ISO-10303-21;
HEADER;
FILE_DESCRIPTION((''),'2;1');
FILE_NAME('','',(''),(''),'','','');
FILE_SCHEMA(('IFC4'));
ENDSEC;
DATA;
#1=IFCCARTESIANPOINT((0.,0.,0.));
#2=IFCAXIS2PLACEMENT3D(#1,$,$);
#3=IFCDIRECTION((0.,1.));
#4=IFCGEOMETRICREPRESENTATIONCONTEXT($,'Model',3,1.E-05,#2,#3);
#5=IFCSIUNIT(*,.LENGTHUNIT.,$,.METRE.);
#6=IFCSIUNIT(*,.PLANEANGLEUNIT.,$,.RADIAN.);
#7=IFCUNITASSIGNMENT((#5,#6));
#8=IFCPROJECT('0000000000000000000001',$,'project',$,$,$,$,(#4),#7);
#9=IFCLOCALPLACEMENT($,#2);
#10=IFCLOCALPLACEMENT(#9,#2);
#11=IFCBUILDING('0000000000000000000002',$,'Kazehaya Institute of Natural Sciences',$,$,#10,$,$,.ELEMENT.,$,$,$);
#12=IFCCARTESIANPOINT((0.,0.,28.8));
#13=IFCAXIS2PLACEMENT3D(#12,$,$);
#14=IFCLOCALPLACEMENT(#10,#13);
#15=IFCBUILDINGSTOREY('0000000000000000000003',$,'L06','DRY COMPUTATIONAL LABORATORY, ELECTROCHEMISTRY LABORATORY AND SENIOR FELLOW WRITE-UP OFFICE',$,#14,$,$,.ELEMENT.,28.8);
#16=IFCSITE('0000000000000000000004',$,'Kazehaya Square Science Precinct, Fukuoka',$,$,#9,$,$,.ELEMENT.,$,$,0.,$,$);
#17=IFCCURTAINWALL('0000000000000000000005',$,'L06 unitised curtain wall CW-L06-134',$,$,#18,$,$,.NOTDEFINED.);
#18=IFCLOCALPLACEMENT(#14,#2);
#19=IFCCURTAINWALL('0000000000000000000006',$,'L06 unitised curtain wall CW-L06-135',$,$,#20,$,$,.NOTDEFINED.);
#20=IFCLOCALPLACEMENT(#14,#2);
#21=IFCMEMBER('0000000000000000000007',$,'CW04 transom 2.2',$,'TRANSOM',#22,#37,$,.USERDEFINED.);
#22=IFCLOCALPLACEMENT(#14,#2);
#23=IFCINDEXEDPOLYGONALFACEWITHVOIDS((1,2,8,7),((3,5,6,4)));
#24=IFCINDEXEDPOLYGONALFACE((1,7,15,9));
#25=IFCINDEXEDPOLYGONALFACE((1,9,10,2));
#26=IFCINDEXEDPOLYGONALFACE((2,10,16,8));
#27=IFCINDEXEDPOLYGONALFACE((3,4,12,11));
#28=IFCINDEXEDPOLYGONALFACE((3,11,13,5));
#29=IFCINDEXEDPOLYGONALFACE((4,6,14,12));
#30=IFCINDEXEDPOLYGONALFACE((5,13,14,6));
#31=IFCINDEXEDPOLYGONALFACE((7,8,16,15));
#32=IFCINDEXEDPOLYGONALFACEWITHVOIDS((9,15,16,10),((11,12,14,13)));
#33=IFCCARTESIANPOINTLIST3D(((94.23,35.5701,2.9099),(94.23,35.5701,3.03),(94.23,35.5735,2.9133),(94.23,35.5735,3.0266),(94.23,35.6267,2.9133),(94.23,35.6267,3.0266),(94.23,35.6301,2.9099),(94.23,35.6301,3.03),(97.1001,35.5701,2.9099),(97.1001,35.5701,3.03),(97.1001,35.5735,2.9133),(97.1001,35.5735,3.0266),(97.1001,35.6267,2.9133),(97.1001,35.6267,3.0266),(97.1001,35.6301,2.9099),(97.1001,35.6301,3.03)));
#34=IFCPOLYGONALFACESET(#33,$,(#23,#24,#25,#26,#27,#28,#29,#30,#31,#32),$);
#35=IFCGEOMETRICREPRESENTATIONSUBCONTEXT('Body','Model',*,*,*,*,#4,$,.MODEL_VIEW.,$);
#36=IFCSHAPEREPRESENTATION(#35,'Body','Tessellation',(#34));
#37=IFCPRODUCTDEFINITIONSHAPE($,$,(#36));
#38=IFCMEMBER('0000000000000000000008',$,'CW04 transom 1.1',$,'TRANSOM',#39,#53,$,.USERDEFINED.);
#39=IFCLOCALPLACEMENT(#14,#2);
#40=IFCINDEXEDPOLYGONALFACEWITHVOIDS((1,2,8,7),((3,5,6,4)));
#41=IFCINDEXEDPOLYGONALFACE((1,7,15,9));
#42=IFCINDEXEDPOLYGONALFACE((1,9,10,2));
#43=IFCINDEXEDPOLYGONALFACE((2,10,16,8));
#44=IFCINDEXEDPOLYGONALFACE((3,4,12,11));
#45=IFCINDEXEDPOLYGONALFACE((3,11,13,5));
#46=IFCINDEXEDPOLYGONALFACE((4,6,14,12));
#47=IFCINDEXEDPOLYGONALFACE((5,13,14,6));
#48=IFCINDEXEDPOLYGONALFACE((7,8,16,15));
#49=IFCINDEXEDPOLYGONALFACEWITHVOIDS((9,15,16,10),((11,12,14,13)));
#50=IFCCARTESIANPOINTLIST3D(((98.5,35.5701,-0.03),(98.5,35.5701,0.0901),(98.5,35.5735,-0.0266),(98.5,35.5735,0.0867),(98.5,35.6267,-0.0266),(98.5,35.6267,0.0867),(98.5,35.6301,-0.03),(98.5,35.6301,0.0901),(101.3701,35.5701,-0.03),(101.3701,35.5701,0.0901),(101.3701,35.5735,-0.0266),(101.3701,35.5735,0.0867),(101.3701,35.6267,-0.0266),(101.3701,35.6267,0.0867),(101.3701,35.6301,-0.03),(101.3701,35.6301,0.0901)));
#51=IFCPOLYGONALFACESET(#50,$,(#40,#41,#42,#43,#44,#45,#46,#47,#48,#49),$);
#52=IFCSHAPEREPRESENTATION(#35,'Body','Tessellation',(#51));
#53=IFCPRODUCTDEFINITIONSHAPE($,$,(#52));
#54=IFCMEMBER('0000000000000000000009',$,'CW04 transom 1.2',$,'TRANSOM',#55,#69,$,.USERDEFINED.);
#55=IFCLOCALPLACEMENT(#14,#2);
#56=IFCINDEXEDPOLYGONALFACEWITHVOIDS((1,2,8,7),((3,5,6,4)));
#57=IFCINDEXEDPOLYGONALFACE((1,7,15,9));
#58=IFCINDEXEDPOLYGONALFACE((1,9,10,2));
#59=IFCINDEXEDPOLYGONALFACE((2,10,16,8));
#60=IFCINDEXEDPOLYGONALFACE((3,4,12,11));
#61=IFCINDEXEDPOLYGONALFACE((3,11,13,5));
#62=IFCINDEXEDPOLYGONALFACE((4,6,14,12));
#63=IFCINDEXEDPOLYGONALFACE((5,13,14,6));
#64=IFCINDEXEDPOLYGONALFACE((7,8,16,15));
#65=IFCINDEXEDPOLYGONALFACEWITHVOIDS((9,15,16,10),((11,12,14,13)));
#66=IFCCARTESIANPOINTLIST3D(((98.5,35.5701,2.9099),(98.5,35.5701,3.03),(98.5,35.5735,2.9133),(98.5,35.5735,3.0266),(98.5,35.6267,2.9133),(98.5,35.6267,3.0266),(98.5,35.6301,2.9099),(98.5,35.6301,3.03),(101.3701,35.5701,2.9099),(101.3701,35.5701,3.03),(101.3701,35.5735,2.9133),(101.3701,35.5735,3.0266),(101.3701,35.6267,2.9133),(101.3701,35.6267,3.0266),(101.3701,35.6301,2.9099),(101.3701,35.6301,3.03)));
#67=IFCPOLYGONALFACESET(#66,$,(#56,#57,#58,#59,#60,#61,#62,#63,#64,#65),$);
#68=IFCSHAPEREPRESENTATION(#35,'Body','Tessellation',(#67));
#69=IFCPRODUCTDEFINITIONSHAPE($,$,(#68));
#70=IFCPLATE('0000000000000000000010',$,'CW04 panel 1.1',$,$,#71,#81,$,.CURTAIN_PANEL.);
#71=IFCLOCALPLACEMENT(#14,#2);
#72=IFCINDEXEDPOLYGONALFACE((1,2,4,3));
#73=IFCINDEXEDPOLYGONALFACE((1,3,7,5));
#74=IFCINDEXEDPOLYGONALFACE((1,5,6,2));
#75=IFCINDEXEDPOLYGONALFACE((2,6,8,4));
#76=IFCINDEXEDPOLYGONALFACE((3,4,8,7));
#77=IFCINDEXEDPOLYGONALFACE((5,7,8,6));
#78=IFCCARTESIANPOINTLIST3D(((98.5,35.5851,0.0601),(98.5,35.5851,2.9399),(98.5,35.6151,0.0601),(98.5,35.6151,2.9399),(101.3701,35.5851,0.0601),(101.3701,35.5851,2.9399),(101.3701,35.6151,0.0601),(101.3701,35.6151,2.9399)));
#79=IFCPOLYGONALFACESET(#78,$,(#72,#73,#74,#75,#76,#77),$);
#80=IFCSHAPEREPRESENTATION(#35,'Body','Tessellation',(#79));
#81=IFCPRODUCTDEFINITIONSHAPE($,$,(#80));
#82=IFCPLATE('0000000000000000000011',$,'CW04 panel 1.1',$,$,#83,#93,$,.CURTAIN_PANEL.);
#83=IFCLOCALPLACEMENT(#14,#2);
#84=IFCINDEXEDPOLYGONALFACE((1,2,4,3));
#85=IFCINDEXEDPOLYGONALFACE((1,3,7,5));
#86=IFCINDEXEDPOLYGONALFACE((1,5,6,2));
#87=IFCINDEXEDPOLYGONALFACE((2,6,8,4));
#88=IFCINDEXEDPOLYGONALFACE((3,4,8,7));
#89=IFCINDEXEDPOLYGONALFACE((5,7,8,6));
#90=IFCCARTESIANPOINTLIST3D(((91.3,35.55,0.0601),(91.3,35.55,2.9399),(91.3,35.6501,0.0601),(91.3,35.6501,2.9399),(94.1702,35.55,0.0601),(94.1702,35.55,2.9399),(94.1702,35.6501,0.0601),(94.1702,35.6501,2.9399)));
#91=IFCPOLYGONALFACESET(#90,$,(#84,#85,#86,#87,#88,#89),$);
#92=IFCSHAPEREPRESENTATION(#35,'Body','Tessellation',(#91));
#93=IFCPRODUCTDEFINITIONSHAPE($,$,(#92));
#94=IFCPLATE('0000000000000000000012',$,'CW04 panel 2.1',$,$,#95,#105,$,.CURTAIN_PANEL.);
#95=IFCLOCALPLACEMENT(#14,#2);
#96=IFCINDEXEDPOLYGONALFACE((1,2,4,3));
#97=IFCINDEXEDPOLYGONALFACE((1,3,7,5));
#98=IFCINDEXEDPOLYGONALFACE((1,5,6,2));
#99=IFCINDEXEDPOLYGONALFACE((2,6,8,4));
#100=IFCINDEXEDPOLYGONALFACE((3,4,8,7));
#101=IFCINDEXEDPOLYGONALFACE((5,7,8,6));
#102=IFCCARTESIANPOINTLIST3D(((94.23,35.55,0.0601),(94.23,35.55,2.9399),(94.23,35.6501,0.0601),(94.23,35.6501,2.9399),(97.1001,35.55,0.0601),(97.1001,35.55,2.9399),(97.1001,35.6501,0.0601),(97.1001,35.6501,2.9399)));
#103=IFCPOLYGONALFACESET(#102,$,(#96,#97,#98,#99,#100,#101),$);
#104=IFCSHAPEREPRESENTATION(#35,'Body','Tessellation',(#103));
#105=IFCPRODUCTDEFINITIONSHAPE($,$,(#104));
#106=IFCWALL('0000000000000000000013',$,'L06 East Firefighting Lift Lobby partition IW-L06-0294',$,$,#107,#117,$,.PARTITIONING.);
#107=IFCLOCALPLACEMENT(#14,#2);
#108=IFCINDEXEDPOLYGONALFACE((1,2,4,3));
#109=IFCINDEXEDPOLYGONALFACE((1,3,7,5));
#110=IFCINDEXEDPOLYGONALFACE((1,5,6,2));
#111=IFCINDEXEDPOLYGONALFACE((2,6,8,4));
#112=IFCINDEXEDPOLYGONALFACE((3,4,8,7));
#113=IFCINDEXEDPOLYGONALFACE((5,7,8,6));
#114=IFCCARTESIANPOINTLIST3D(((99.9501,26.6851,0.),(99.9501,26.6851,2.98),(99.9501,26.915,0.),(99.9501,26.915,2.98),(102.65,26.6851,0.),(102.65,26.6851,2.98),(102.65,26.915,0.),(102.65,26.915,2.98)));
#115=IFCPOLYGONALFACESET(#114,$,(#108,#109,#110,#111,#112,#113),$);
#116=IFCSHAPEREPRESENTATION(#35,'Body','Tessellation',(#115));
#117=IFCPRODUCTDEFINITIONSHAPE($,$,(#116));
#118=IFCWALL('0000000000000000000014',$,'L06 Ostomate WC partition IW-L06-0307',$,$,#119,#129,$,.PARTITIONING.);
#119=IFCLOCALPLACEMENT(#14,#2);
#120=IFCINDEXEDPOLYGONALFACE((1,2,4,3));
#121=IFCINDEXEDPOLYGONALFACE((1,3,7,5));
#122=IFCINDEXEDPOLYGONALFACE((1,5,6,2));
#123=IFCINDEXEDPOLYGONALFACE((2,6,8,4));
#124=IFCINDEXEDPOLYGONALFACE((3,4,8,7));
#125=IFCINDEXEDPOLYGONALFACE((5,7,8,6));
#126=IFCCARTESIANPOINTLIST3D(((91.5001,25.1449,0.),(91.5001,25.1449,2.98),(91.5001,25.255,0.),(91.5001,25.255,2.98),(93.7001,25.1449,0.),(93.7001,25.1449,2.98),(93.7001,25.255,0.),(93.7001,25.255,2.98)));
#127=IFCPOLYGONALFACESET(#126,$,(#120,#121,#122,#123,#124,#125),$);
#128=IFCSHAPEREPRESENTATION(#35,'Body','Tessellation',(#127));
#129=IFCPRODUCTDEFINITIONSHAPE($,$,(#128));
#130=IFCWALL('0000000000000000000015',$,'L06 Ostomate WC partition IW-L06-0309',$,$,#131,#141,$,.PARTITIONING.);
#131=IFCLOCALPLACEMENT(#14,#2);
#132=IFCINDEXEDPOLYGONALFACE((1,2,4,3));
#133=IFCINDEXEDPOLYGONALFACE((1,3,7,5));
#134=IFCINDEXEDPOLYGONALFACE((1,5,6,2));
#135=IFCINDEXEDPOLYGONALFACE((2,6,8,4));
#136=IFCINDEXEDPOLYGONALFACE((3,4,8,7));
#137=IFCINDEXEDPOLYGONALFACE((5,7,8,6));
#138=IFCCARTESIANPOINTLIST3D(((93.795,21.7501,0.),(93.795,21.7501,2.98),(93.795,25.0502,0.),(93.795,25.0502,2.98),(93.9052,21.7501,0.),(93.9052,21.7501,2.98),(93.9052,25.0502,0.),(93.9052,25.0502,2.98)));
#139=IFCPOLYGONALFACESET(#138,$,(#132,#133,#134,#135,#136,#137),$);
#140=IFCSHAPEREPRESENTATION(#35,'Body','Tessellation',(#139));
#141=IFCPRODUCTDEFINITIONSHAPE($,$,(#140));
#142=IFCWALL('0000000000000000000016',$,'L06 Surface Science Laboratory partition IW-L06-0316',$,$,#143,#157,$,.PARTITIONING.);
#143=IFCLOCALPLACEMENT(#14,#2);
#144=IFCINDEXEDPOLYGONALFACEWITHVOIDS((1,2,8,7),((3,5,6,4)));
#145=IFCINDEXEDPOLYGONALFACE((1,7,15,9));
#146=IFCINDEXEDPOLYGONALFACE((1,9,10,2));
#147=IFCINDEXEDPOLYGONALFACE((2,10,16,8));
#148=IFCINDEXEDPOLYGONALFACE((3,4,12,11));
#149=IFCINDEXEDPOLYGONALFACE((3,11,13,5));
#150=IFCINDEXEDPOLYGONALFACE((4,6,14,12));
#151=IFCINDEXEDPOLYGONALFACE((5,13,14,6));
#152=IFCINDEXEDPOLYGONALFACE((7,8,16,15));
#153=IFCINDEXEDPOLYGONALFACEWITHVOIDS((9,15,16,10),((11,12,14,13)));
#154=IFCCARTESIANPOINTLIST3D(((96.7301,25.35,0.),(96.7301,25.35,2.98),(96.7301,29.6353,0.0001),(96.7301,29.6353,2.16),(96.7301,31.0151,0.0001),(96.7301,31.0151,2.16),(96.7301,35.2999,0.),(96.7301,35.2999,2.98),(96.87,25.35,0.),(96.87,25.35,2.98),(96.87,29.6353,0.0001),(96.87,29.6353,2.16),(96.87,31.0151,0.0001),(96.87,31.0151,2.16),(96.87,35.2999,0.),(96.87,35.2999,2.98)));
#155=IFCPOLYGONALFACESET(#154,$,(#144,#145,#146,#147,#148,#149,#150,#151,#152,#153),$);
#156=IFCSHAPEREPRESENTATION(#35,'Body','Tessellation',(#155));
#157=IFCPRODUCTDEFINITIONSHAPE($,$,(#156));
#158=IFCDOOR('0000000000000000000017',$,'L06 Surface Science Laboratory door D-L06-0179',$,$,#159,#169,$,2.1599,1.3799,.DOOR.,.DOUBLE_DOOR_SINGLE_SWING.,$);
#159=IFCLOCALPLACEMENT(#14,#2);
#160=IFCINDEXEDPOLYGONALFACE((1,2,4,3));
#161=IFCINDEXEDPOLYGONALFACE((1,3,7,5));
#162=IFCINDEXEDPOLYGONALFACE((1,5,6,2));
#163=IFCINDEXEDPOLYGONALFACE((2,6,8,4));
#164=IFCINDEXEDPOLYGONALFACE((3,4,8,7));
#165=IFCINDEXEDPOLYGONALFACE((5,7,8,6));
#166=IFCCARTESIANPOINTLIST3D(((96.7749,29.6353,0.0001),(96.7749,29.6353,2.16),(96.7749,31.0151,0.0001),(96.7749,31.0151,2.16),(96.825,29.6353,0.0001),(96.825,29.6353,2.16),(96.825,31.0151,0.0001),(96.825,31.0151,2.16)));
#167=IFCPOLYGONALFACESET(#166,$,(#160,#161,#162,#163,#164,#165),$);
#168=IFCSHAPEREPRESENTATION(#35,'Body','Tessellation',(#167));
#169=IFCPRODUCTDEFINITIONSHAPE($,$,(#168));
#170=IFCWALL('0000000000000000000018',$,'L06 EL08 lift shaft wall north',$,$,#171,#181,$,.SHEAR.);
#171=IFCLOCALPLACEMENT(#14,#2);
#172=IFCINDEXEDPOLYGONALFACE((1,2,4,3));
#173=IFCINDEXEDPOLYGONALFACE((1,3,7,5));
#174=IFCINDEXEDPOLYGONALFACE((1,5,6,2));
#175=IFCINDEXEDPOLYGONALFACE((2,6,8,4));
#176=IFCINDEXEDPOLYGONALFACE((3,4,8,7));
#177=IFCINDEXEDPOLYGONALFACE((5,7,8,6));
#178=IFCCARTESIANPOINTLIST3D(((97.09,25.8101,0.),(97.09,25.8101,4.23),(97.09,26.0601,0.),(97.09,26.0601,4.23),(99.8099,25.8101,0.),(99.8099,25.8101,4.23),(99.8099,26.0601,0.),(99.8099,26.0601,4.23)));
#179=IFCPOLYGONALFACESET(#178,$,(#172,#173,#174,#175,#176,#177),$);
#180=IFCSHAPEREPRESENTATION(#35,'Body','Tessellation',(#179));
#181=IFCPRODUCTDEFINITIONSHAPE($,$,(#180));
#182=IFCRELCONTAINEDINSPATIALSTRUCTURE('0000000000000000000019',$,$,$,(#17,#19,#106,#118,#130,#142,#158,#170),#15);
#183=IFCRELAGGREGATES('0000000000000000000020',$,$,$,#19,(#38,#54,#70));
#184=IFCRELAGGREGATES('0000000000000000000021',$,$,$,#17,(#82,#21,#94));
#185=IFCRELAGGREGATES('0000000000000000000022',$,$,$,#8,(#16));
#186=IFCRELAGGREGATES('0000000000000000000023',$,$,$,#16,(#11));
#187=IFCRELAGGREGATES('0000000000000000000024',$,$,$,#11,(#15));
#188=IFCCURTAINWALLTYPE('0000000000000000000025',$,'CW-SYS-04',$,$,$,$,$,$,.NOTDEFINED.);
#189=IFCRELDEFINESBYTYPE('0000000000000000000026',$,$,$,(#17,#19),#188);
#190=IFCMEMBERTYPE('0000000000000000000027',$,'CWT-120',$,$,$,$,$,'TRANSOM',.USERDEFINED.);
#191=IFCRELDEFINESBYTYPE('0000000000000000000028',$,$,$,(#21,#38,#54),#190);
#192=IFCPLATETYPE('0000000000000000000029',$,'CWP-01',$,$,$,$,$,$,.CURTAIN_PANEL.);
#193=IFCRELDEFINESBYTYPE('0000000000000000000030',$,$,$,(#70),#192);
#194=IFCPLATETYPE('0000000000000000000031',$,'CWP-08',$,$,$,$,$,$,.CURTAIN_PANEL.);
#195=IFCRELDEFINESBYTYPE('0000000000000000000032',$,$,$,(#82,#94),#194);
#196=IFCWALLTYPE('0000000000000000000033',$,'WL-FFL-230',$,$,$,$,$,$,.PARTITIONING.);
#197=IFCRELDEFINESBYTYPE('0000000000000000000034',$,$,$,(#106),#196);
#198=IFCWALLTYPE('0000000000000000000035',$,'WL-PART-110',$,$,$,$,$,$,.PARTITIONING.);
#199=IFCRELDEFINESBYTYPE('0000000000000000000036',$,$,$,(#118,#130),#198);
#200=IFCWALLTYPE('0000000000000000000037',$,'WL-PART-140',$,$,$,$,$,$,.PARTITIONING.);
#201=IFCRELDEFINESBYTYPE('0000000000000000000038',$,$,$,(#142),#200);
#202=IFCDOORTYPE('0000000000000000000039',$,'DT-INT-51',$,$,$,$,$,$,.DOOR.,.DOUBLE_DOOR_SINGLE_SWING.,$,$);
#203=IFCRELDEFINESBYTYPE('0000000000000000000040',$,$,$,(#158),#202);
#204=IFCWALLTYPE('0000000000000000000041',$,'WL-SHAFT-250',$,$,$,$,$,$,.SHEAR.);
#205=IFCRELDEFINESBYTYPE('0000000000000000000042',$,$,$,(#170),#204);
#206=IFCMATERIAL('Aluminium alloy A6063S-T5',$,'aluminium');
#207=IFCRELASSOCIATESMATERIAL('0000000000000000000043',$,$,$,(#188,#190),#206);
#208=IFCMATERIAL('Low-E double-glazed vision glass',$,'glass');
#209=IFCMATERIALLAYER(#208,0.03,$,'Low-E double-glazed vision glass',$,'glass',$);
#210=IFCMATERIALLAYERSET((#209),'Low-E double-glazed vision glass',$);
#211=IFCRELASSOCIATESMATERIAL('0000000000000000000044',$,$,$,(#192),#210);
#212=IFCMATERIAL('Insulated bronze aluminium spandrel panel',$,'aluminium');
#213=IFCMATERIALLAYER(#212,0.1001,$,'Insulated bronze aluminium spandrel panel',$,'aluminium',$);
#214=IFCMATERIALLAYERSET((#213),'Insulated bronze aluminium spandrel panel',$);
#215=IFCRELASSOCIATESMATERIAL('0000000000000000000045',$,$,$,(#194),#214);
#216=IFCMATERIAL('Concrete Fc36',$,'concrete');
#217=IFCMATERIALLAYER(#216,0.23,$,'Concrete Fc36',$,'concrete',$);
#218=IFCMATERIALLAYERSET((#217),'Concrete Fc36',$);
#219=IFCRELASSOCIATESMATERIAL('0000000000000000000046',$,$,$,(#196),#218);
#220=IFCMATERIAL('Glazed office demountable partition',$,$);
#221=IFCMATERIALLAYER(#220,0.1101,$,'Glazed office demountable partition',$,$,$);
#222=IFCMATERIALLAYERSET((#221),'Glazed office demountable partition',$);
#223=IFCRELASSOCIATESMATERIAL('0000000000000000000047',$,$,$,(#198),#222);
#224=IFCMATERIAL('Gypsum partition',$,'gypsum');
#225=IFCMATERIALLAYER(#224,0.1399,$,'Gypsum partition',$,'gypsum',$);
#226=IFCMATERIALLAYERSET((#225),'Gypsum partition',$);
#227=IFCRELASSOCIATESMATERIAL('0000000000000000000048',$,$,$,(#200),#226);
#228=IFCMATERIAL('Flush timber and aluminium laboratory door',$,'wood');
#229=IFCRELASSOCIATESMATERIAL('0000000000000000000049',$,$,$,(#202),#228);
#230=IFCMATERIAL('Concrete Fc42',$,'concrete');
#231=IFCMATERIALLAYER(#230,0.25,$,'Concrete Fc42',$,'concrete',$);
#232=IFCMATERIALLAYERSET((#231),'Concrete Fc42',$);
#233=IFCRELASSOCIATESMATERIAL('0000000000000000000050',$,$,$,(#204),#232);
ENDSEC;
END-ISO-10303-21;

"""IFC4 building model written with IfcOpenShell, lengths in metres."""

from ifc_helpers import new_model, si_unit, direction, frame, frame_2d, origin, origin_2d, place, context, subcontext, project, spatial, rectangle, hollow_rectangle, extrude, material, layer, layer_set, material_profile, profile_set, type_object, element, fill, aggregate, save


model = new_model("IFC4")

# Units and contexts
model_context = context("Model", 3, precision=1e-05, world=origin(), true_north=direction((0.0, 1.0)))
body_context = subcontext(model_context, "Body", "Model", "MODEL_VIEW")
ifc_project = project(units=[si_unit("LENGTHUNIT", "METRE"), si_unit("PLANEANGLEUNIT", "RADIAN")], contexts=[model_context])

# Site, building, storey
site_placement = place(None, origin())
site = spatial("IfcSite", under=ifc_project, at=site_placement, Name="Kazehaya Square Science Precinct, Fukuoka", CompositionType="ELEMENT", RefElevation=0.0)
building_placement = place(site_placement, origin())
building = spatial("IfcBuilding", under=site, at=building_placement, Name="Kazehaya Institute of Natural Sciences", CompositionType="ELEMENT")
storey_placement = place(building_placement, frame((0.0, 0.0, 28.8)))
storey = spatial("IfcBuildingStorey", under=building, at=storey_placement, Name="L06", Description="DRY COMPUTATIONAL LABORATORY, ELECTROCHEMISTRY LABORATORY AND SENIOR FELLOW WRITE-UP OFFICE", CompositionType="ELEMENT", Elevation=28.8)

# Shared definitions
ifc_material_1 = material(Name="Concrete Fc36", Category="concrete")

# Curtain wall
ifc_material_2 = material(Name="Aluminium alloy A6063S-T5", Category="aluminium")
curtain_wall_type = type_object("IfcCurtainWallType", Name="CW-SYS-04", PredefinedType="NOTDEFINED", material=ifc_material_2)
curtain_wall_1_placement = place(storey_placement, origin())
curtain_wall_1 = element("IfcCurtainWall", 1, at=curtain_wall_1_placement, inside=storey, type_object=curtain_wall_type, Name="L06 unitised curtain wall CW-L06-134", PredefinedType="NOTDEFINED")

# Curtain wall
curtain_wall_2_placement = place(storey_placement, origin())
curtain_wall_2 = element("IfcCurtainWall", 2, at=curtain_wall_2_placement, inside=storey, type_object=curtain_wall_type, Name="L06 unitised curtain wall CW-L06-135", PredefinedType="NOTDEFINED")

# Members
ifc_material_profile_1 = material_profile(ifc_material_2, hollow_rectangle(XDim=0.0601, YDim=0.1201, WallThickness=0.0034, at=origin_2d()), Name="ALU-60x120x3.5")
ifc_profile_set_1 = profile_set([ifc_material_profile_1], Name="Aluminium alloy A6063S-T5")
member_type_1 = type_object("IfcMemberType", Name="CWT-120", ElementType="TRANSOM", PredefinedType="USERDEFINED", material=ifc_profile_set_1)
member_1_placement = place(storey_placement, frame((94.23, 35.6001, 2.97), z_axis=(1.0, 0.0, 0.0), x_axis=(0.0, 1.0, 0.0)))
member_1 = element("IfcMember", 3, at=member_1_placement, type_object=member_type_1, Name="CW04 transom 2.2", ObjectType="TRANSOM", PredefinedType="USERDEFINED", context=body_context, shape_type="SweptSolid", body=[
    extrude(hollow_rectangle(XDim=0.0601, YDim=0.1201, WallThickness=0.0034, at=origin_2d()), origin(), (0.0, 0.0, 1.0), 2.8701),
])
member_2_placement = place(storey_placement, frame((98.5, 35.6001, 0.03), z_axis=(1.0, 0.0, 0.0), x_axis=(0.0, 1.0, 0.0)))
member_2 = element("IfcMember", 4, at=member_2_placement, type_object=member_type_1, Name="CW04 transom 1.1", ObjectType="TRANSOM", PredefinedType="USERDEFINED", context=body_context, shape_type="SweptSolid", body=[
    extrude(hollow_rectangle(XDim=0.0601, YDim=0.1201, WallThickness=0.0034, at=origin_2d()), origin(), (0.0, 0.0, 1.0), 2.8701),
])
member_3_placement = place(storey_placement, frame((98.5, 35.6001, 2.97), z_axis=(1.0, 0.0, 0.0), x_axis=(0.0, 1.0, 0.0)))
member_3 = element("IfcMember", 5, at=member_3_placement, type_object=member_type_1, Name="CW04 transom 1.2", ObjectType="TRANSOM", PredefinedType="USERDEFINED", context=body_context, shape_type="SweptSolid", body=[
    extrude(hollow_rectangle(XDim=0.0601, YDim=0.1201, WallThickness=0.0034, at=origin_2d()), origin(), (0.0, 0.0, 1.0), 2.8701),
])

# Plates
ifc_material_3 = material(Name="Low-E double-glazed vision glass", Category="glass")
ifc_layer_1 = layer(ifc_material_3, 0.03, Name="Low-E double-glazed vision glass", Category="glass")
ifc_layer_set_1 = layer_set([ifc_layer_1], Name="Low-E double-glazed vision glass")
plate_type_1 = type_object("IfcPlateType", Name="CWP-01", PredefinedType="CURTAIN_PANEL", material=ifc_layer_set_1)
plate_1_placement = place(storey_placement, frame((99.9351, 35.6001, 0.0601), z_axis=(0.0, 0.0, 1.0), x_axis=(1.0, 0.0, 0.0)))
plate_1 = element("IfcPlate", 6, at=plate_1_placement, type_object=plate_type_1, Name="CW04 panel 1.1", PredefinedType="CURTAIN_PANEL", context=body_context, shape_type="SweptSolid", body=[
    extrude(rectangle(XDim=2.8701, YDim=0.03, at=origin_2d()), origin(), (0.0, 0.0, 1.0), 2.8799),
])
aggregate(curtain_wall_2, [member_2, member_3, plate_1])
ifc_material_4 = material(Name="Insulated bronze aluminium spandrel panel", Category="aluminium")
ifc_layer_2 = layer(ifc_material_4, 0.1001, Name="Insulated bronze aluminium spandrel panel", Category="aluminium")
ifc_layer_set_2 = layer_set([ifc_layer_2], Name="Insulated bronze aluminium spandrel panel")
plate_type_2 = type_object("IfcPlateType", Name="CWP-08", PredefinedType="CURTAIN_PANEL", material=ifc_layer_set_2)
plate_2_placement = place(storey_placement, frame((92.7351, 35.6001, 0.0601), z_axis=(0.0, 0.0, 1.0), x_axis=(1.0, 0.0, 0.0)))
plate_2 = element("IfcPlate", 7, at=plate_2_placement, type_object=plate_type_2, Name="CW04 panel 1.1", PredefinedType="CURTAIN_PANEL", context=body_context, shape_type="SweptSolid", body=[
    extrude(rectangle(XDim=2.8701, YDim=0.1001, at=origin_2d()), origin(), (0.0, 0.0, 1.0), 2.8799),
])
plate_3_placement = place(storey_placement, frame((95.665, 35.6001, 0.0601), z_axis=(0.0, 0.0, 1.0), x_axis=(1.0, 0.0, 0.0)))
plate_3 = element("IfcPlate", 8, at=plate_3_placement, type_object=plate_type_2, Name="CW04 panel 2.1", PredefinedType="CURTAIN_PANEL", context=body_context, shape_type="SweptSolid", body=[
    extrude(rectangle(XDim=2.8701, YDim=0.1001, at=origin_2d()), origin(), (0.0, 0.0, 1.0), 2.8799),
])
aggregate(curtain_wall_1, [plate_2, member_1, plate_3])

# Walls
ifc_layer_3 = layer(ifc_material_1, 0.23, Name="Concrete Fc36", Category="concrete")
ifc_layer_set_3 = layer_set([ifc_layer_3], Name="Concrete Fc36")
wall_type_1 = type_object("IfcWallType", Name="WL-FFL-230", PredefinedType="PARTITIONING", material=ifc_layer_set_3)
wall_1_placement = place(storey_placement, frame((99.95, 26.8, 0.0), z_axis=(0.0, 0.0, 1.0), x_axis=(1.0, 0.0, 0.0)))
element("IfcWall", 9, at=wall_1_placement, inside=storey, type_object=wall_type_1, Name="L06 East Firefighting Lift Lobby partition IW-L06-0294", PredefinedType="PARTITIONING", context=body_context, shape_type="SweptSolid", body=[
    extrude(rectangle(XDim=2.7, YDim=0.23, at=frame_2d((1.3501, 0.0))), origin(), (0.0, 0.0, 1.0), 2.98),
])
ifc_material_5 = material(Name="Glazed office demountable partition")
ifc_layer_4 = layer(ifc_material_5, 0.1101, Name="Glazed office demountable partition")
ifc_layer_set_4 = layer_set([ifc_layer_4], Name="Glazed office demountable partition")
wall_type_2 = type_object("IfcWallType", Name="WL-PART-110", PredefinedType="PARTITIONING", material=ifc_layer_set_4)
wall_2_placement = place(storey_placement, frame((91.5, 25.2, 0.0), z_axis=(0.0, 0.0, 1.0), x_axis=(1.0, 0.0, 0.0)))
element("IfcWall", 10, at=wall_2_placement, inside=storey, type_object=wall_type_2, Name="L06 Ostomate WC partition IW-L06-0307", PredefinedType="PARTITIONING", context=body_context, shape_type="SweptSolid", body=[
    extrude(rectangle(XDim=2.2, YDim=0.1101, at=frame_2d((1.1001, 0.0))), origin(), (0.0, 0.0, 1.0), 2.98),
])
wall_3_placement = place(storey_placement, frame((93.8501, 25.05, 0.0), z_axis=(0.0, 0.0, 1.0), x_axis=(0.0, -1.0, 0.0)))
element("IfcWall", 11, at=wall_3_placement, inside=storey, type_object=wall_type_2, Name="L06 Ostomate WC partition IW-L06-0309", PredefinedType="PARTITIONING", context=body_context, shape_type="SweptSolid", body=[
    extrude(rectangle(XDim=3.3, YDim=0.1101, at=frame_2d((1.6499, 0.0))), origin(), (0.0, 0.0, 1.0), 2.98),
])

# Wall, opening, door
ifc_material_6 = material(Name="Gypsum partition", Category="gypsum")
ifc_layer_5 = layer(ifc_material_6, 0.1399, Name="Gypsum partition", Category="gypsum")
ifc_layer_set_5 = layer_set([ifc_layer_5], Name="Gypsum partition")
wall_type_3 = type_object("IfcWallType", Name="WL-PART-140", PredefinedType="PARTITIONING", material=ifc_layer_set_5)
wall_4_placement = place(storey_placement, frame((96.8, 35.3, 0.0), z_axis=(0.0, 0.0, 1.0), x_axis=(0.0, -1.0, 0.0)))
wall_4 = element("IfcWall", 12, at=wall_4_placement, inside=storey, type_object=wall_type_3, Name="L06 Surface Science Laboratory partition IW-L06-0316", PredefinedType="PARTITIONING", context=body_context, shape_type="SweptSolid", body=[
    extrude(rectangle(XDim=9.95, YDim=0.1399, at=frame_2d((4.9751, 0.0))), origin(), (0.0, 0.0, 1.0), 2.98),
])
opening_1_placement = place(wall_4_placement, frame((4.2849, 0.0, 0.0)))
opening_1 = element("IfcOpeningElement", 13, at=opening_1_placement, cuts=wall_4, PredefinedType="OPENING", context=body_context, shape_type="SweptSolid", body=[
    extrude(rectangle(XDim=1.3799, YDim=2.1599, at=frame_2d((0.6899, 1.0801))), frame((0.0, 0.0798, 0.0), z_axis=(0.0, -1.0, 0.0), x_axis=(1.0, 0.0, 0.0)), (0.0, 0.0, 1.0), 0.1599),
])
ifc_material_7 = material(Name="Flush timber and aluminium laboratory door", Category="wood")
door_type_1 = type_object("IfcDoorType", Name="DT-INT-51", OperationType="DOUBLE_DOOR_SINGLE_SWING", PredefinedType="DOOR", material=ifc_material_7)
door_1_placement = place(opening_1_placement, origin())
door_1 = element("IfcDoor", 14, at=door_1_placement, inside=storey, type_object=door_type_1, Name="L06 Surface Science Laboratory door D-L06-0179", OperationType="DOUBLE_DOOR_SINGLE_SWING", OverallHeight=2.1599, OverallWidth=1.3799, PredefinedType="DOOR", context=body_context, shape_type="SweptSolid", body=[
    extrude(rectangle(XDim=1.3799, YDim=2.1599, at=frame_2d((0.6899, 1.0801))), frame((0.0, 0.0249, 0.0), z_axis=(0.0, -1.0, 0.0), x_axis=(1.0, 0.0, 0.0)), (0.0, 0.0, 1.0), 0.05),
])
fill(opening_1, door_1)

# Wall
ifc_material_8 = material(Name="Concrete Fc42", Category="concrete")
ifc_layer_6 = layer(ifc_material_8, 0.25, Name="Concrete Fc42", Category="concrete")
ifc_layer_set_6 = layer_set([ifc_layer_6], Name="Concrete Fc42")
wall_type_4 = type_object("IfcWallType", Name="WL-SHAFT-250", PredefinedType="SHEAR", material=ifc_layer_set_6)
wall_5_placement = place(storey_placement, frame((97.0901, 25.9351, 0.0), z_axis=(0.0, 0.0, 1.0), x_axis=(1.0, 0.0, 0.0)))
element("IfcWall", 15, at=wall_5_placement, inside=storey, type_object=wall_type_4, Name="L06 EL08 lift shaft wall north", PredefinedType="SHEAR", context=body_context, shape_type="SweptSolid", body=[
    extrude(rectangle(XDim=2.72, YDim=0.25, at=frame_2d((1.3599, 0.0))), origin(), (0.0, 0.0, 1.0), 4.23),
])

save(model, "model.ifc")
